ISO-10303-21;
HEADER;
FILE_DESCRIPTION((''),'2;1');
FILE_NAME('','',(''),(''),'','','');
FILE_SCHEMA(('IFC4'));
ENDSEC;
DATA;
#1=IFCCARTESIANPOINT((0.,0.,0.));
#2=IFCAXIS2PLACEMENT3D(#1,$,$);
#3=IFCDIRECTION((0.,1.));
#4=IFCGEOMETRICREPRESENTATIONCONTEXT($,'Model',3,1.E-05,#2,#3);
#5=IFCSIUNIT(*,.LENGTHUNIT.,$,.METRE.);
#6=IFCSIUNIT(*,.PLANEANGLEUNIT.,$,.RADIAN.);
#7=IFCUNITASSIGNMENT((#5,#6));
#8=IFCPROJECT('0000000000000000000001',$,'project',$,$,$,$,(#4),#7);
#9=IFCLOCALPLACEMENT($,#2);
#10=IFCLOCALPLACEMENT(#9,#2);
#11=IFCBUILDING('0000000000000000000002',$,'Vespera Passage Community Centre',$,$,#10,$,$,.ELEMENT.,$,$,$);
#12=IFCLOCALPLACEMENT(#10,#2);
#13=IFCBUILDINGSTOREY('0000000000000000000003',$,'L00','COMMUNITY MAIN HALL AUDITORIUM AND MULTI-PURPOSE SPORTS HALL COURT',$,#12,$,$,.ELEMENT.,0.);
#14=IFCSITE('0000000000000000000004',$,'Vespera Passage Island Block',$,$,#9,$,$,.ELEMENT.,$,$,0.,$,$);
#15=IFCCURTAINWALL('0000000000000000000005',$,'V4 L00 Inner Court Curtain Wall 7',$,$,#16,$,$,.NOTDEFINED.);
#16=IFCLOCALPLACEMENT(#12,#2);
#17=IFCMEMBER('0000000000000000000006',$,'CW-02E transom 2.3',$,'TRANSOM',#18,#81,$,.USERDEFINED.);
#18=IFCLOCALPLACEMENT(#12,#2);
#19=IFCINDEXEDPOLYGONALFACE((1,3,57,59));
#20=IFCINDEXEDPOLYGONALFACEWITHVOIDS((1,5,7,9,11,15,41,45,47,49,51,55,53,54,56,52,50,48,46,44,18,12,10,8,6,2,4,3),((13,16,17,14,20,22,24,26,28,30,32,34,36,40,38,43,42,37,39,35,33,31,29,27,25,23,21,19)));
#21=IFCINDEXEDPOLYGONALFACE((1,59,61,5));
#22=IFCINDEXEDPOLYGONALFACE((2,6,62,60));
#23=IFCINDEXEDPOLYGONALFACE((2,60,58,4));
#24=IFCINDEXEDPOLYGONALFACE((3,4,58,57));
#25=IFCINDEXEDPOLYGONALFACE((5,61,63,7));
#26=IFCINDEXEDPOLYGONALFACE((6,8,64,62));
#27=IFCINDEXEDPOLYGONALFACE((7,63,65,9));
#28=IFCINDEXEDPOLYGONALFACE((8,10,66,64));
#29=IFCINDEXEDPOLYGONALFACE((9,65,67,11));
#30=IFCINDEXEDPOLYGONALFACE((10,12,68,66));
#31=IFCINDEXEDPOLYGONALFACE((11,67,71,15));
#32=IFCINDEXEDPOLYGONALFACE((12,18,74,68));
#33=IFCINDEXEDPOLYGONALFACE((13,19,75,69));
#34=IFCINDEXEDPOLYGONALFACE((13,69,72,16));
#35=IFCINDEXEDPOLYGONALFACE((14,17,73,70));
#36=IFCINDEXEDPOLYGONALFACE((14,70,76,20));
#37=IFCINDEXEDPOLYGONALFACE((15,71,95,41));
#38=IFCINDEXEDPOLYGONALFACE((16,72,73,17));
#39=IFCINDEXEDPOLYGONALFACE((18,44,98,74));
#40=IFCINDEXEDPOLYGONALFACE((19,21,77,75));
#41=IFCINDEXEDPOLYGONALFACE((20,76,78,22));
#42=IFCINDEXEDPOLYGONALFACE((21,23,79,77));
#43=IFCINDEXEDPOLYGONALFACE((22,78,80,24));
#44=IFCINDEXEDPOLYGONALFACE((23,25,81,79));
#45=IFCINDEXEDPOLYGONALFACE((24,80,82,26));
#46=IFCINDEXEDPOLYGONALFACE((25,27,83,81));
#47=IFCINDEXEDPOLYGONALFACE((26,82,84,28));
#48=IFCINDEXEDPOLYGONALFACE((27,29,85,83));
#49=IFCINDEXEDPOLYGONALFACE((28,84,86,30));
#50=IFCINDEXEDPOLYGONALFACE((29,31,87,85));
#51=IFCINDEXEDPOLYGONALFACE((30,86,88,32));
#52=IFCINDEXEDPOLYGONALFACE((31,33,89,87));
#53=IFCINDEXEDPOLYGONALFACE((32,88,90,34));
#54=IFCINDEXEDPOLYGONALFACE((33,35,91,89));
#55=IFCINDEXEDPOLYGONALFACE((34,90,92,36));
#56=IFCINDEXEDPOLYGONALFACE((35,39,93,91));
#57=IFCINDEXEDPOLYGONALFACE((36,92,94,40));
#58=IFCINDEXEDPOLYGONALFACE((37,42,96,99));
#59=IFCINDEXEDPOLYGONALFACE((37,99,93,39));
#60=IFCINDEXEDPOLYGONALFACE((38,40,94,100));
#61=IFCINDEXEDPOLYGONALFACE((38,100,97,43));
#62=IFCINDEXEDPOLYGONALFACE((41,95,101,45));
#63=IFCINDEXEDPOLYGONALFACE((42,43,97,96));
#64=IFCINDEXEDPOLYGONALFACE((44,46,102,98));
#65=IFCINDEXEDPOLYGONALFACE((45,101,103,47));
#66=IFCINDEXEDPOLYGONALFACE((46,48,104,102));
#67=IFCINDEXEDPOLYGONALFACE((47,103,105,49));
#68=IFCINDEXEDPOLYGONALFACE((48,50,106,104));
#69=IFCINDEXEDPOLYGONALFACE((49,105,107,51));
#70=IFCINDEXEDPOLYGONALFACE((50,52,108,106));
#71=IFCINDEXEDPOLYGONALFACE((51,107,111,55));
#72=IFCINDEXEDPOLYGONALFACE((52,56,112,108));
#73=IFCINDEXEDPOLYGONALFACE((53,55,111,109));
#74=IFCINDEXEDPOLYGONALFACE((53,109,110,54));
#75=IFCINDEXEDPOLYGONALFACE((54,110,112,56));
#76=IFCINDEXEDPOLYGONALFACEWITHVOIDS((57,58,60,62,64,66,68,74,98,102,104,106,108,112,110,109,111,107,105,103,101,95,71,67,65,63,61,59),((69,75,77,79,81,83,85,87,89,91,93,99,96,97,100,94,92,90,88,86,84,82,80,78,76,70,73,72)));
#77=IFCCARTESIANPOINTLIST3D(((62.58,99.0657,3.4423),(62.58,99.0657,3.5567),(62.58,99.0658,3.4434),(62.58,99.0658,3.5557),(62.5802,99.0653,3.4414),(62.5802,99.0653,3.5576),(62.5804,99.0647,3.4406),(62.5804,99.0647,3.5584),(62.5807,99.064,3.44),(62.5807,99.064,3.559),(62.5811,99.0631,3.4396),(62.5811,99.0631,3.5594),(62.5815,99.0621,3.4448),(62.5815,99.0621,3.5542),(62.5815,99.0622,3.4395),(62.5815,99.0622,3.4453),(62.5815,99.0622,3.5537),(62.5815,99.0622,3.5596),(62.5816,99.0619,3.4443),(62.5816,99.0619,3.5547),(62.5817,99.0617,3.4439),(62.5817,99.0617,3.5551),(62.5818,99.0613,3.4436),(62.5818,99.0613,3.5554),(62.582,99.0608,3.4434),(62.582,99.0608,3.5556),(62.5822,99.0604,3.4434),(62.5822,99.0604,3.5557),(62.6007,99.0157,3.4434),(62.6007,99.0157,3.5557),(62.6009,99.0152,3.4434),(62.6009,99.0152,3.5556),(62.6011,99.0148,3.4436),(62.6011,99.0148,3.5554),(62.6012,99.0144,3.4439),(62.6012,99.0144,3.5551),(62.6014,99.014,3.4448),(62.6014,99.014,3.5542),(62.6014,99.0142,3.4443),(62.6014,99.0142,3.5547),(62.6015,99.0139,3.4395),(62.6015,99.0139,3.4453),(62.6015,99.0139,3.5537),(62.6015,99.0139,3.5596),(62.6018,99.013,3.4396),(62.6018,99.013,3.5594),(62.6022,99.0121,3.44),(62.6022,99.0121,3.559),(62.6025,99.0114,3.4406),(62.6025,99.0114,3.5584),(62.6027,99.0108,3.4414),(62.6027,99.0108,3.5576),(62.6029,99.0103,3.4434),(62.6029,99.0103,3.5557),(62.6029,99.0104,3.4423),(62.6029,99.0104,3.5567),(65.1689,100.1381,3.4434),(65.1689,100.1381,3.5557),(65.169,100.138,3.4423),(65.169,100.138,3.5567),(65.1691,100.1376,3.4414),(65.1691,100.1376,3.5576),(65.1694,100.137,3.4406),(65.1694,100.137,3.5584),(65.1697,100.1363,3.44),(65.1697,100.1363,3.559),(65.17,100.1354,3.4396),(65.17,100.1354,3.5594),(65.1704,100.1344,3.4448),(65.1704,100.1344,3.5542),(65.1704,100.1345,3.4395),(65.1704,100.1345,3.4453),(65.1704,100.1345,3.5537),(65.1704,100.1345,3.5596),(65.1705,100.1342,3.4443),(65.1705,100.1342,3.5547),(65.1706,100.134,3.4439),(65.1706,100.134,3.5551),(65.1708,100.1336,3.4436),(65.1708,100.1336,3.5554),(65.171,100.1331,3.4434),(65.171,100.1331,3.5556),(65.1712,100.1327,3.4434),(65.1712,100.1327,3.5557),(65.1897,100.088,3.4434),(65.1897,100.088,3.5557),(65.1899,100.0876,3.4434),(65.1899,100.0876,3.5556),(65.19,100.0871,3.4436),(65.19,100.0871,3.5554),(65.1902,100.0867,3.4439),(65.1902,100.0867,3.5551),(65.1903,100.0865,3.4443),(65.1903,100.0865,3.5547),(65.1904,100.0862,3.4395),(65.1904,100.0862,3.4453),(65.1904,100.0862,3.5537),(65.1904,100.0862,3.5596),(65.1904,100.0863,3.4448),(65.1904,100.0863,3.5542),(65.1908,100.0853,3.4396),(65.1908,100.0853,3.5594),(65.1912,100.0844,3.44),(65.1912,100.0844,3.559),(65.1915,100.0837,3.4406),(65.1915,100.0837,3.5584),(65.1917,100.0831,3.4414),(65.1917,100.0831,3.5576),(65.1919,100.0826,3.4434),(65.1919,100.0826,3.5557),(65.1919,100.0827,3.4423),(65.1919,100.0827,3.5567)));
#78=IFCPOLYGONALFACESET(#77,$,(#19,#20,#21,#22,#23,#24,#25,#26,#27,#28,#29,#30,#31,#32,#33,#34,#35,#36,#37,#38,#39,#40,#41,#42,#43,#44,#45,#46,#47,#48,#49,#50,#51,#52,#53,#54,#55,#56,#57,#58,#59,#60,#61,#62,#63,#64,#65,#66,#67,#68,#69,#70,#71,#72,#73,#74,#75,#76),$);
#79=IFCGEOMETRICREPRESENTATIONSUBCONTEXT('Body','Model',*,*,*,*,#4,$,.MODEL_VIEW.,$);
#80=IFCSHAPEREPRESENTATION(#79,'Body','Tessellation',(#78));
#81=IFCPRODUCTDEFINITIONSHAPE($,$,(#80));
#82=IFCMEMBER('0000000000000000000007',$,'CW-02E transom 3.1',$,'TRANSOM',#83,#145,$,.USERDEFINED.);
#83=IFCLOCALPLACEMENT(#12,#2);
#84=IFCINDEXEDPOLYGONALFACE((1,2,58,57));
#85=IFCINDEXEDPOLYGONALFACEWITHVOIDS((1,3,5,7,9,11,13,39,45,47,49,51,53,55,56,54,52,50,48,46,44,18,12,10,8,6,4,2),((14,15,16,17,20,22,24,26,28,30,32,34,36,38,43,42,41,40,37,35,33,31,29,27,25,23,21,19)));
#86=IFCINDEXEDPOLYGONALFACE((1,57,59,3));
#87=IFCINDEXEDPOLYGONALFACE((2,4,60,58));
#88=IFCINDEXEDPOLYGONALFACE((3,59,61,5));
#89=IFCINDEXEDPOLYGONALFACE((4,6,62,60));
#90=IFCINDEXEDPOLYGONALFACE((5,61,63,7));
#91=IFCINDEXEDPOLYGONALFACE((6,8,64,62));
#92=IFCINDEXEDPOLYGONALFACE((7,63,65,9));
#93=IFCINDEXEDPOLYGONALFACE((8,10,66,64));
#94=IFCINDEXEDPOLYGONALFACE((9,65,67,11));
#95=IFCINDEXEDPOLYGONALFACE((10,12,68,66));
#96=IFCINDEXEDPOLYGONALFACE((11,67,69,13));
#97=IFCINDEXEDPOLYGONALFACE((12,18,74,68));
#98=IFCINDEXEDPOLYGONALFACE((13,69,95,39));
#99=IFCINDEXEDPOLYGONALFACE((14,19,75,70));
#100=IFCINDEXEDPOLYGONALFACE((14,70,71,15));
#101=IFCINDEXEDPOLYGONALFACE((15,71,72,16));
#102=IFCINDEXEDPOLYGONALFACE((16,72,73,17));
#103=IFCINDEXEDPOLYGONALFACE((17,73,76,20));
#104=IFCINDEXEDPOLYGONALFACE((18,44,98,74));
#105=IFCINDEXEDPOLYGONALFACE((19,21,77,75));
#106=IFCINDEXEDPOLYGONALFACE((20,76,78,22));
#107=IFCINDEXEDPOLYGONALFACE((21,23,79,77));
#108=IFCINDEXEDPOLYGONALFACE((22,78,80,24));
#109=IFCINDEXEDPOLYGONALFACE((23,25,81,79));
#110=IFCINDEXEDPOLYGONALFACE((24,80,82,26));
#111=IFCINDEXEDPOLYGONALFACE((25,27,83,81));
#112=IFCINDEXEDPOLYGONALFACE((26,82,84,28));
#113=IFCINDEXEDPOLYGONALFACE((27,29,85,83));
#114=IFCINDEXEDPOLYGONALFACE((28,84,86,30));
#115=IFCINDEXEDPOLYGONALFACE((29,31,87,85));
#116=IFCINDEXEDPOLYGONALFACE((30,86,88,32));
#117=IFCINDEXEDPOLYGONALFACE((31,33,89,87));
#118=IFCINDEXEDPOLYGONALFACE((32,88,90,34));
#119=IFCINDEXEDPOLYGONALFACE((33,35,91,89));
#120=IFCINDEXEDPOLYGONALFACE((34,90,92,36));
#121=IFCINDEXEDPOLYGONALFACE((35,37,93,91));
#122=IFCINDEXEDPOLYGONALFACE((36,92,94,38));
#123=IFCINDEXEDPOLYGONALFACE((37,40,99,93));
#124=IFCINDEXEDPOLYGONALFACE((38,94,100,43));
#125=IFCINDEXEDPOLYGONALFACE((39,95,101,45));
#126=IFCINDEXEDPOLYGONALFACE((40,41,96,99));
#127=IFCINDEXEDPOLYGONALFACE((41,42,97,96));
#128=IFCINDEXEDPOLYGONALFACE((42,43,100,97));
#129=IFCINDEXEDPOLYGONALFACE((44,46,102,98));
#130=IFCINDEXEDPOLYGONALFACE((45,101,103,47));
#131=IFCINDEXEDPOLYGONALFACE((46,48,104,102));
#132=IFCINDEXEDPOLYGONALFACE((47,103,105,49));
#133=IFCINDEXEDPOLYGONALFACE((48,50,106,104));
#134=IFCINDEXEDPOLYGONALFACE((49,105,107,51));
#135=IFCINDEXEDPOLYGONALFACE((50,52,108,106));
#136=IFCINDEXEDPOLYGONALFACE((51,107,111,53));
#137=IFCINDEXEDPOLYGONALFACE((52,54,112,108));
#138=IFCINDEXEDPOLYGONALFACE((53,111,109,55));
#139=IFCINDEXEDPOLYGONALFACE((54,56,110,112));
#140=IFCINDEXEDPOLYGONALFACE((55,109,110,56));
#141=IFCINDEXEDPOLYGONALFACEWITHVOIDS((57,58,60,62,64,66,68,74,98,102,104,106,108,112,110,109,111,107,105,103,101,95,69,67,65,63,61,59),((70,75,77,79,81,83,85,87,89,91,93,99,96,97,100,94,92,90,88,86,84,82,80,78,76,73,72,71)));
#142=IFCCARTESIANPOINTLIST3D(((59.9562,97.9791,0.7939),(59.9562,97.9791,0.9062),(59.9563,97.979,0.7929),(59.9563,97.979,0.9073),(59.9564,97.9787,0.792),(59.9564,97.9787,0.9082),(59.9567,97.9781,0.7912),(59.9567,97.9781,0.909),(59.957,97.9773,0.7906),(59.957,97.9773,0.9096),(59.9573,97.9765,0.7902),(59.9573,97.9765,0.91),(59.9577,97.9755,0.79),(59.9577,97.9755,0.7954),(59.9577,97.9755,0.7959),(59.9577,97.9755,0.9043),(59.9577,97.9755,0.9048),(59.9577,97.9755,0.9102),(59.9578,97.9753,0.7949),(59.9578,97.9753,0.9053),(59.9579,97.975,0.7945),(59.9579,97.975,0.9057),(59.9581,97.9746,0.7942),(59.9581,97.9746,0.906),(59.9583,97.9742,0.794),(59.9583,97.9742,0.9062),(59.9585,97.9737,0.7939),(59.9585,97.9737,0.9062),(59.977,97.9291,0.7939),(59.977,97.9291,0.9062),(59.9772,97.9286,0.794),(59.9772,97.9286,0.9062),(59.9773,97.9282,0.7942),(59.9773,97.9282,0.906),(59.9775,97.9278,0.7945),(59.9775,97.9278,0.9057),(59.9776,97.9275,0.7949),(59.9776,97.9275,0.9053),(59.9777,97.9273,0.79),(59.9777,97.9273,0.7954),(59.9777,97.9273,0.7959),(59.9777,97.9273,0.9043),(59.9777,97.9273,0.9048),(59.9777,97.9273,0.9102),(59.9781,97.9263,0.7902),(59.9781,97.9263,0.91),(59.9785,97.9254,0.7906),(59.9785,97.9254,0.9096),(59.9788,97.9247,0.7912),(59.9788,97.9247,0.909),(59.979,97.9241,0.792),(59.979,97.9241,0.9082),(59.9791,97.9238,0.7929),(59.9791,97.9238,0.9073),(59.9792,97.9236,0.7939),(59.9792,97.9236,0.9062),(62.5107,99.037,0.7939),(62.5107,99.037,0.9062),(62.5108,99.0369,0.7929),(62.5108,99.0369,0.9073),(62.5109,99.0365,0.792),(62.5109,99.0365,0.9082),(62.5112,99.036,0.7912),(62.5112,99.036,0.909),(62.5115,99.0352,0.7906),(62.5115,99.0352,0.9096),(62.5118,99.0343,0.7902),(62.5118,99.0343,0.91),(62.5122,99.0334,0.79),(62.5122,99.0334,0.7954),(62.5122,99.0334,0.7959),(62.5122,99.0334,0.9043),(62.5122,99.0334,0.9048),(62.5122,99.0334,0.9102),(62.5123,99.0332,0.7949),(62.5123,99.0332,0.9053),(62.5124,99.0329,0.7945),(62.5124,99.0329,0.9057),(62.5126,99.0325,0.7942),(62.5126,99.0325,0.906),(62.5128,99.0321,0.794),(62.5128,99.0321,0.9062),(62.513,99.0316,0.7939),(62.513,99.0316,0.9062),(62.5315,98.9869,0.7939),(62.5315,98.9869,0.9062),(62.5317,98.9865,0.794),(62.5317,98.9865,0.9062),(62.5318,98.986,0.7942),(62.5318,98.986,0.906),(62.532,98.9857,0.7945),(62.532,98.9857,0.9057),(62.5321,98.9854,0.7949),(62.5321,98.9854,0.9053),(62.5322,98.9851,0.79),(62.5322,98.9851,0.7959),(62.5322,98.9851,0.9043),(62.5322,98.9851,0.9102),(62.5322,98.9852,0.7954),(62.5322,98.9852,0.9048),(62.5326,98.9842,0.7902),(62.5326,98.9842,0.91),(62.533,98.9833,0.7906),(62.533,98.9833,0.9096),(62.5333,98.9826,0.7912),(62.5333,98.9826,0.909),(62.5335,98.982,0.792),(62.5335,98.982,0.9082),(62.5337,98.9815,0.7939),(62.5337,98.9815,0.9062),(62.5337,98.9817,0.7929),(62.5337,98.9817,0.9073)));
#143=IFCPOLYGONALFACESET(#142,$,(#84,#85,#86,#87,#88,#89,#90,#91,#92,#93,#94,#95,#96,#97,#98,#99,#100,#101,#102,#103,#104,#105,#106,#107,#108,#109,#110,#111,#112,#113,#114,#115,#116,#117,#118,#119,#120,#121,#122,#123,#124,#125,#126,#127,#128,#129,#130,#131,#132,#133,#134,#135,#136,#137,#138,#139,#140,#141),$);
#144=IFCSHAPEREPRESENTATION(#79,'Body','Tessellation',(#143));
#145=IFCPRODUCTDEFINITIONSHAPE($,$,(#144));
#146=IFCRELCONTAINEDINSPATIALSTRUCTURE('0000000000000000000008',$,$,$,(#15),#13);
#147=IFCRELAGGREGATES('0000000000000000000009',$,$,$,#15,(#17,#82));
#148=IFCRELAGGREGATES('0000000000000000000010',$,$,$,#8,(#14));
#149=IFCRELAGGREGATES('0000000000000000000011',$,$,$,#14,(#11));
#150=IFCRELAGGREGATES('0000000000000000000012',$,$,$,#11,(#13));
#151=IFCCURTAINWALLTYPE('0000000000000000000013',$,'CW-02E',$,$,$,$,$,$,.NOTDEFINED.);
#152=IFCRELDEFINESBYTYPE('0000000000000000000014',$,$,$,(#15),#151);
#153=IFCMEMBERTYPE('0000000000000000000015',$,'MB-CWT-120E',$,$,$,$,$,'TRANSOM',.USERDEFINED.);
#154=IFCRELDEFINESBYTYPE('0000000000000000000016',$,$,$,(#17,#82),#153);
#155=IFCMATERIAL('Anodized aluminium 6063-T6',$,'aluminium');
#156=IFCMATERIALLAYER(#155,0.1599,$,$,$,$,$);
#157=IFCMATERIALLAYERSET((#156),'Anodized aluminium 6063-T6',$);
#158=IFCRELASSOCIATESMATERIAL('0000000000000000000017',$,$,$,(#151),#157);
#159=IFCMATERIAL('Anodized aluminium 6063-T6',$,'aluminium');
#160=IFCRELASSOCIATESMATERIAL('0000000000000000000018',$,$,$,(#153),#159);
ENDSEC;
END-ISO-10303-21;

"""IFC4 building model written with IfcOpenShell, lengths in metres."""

from ifc_helpers import new_model, si_unit, direction, frame, origin, origin_2d, place, context, subcontext, project, spatial, hollow_rectangle, extrude, material, layer, layer_set, material_profile, profile_set, type_object, element, aggregate, save


model = new_model("IFC4")

# Units and contexts
model_context = context("Model", 3, precision=1e-05, world=origin(), true_north=direction((0.0, 1.0)))
body_context = subcontext(model_context, "Body", "Model", "MODEL_VIEW")
ifc_project = project(units=[si_unit("LENGTHUNIT", "METRE"), si_unit("PLANEANGLEUNIT", "RADIAN")], contexts=[model_context])

# Site, building, storey
site_placement = place(None, origin())
site = spatial("IfcSite", under=ifc_project, at=site_placement, Name="Vespera Passage Island Block", CompositionType="ELEMENT", RefElevation=0.0)
building_placement = place(site_placement, origin())
building = spatial("IfcBuilding", under=site, at=building_placement, Name="Vespera Passage Community Centre", CompositionType="ELEMENT")
storey_placement = place(building_placement, origin())
storey = spatial("IfcBuildingStorey", under=building, at=storey_placement, Name="L00", Description="COMMUNITY MAIN HALL AUDITORIUM AND MULTI-PURPOSE SPORTS HALL COURT", CompositionType="ELEMENT", Elevation=0.0)

# Curtain wall
ifc_material_1 = material(Name="Anodized aluminium 6063-T6", Category="aluminium")
ifc_layer_1 = layer(ifc_material_1, 0.1599)
ifc_layer_set_1 = layer_set([ifc_layer_1], Name="Anodized aluminium 6063-T6")
curtain_wall_type_1 = type_object("IfcCurtainWallType", Name="CW-02E", PredefinedType="NOTDEFINED", material=ifc_layer_set_1)
curtain_wall_1_placement = place(storey_placement, origin())
curtain_wall_1 = element("IfcCurtainWall", 1, at=curtain_wall_1_placement, inside=storey, type_object=curtain_wall_type_1, Name="V4 L00 Inner Court Curtain Wall 7", PredefinedType="NOTDEFINED")

# Members
ifc_material_2 = material(Name="Anodized aluminium 6063-T6", Category="aluminium")
ifc_material_profile_1 = material_profile(ifc_material_2, hollow_rectangle(XDim=0.0601, YDim=0.1201, WallThickness=0.0039, InnerFilletRadius=0.002, OuterFilletRadius=0.0039, at=origin_2d()), Name="ALU120X60X4")
ifc_profile_set_1 = profile_set([ifc_material_profile_1], Name="Anodized aluminium 6063-T6")
member_type_1 = type_object("IfcMemberType", Name="MB-CWT-120E", ElementType="TRANSOM", PredefinedType="USERDEFINED", material=ifc_profile_set_1)
member_1_placement = place(storey_placement, frame((65.1804, 100.1104, 3.4995), z_axis=(-0.923889, -0.38266, 0.0), x_axis=(0.38266, -0.923889, 0.0)))
member_1 = element("IfcMember", 2, at=member_1_placement, type_object=member_type_1, Name="CW-02E transom 2.3", ObjectType="TRANSOM", PredefinedType="USERDEFINED", context=body_context, shape_type="SweptSolid", body=[
    extrude(hollow_rectangle(XDim=0.0601, YDim=0.1201, WallThickness=0.0039, InnerFilletRadius=0.002, OuterFilletRadius=0.0039, at=origin_2d()), origin(), (0.0, 0.0, 1.0), 2.8022),
])
member_2_placement = place(storey_placement, frame((62.5222, 99.0093, 0.8501), z_axis=(-0.923908, -0.382614, 0.0), x_axis=(0.382614, -0.923908, 0.0)))
member_2 = element("IfcMember", 3, at=member_2_placement, type_object=member_type_1, Name="CW-02E transom 3.1", ObjectType="TRANSOM", PredefinedType="USERDEFINED", context=body_context, shape_type="SweptSolid", body=[
    extrude(hollow_rectangle(XDim=0.0601, YDim=0.1201, WallThickness=0.0039, InnerFilletRadius=0.002, OuterFilletRadius=0.0039, at=origin_2d()), origin(), (0.0, 0.0, 1.0), 2.7649),
])

aggregate(curtain_wall_1, [member_1, member_2])

save(model, "model.ifc")
